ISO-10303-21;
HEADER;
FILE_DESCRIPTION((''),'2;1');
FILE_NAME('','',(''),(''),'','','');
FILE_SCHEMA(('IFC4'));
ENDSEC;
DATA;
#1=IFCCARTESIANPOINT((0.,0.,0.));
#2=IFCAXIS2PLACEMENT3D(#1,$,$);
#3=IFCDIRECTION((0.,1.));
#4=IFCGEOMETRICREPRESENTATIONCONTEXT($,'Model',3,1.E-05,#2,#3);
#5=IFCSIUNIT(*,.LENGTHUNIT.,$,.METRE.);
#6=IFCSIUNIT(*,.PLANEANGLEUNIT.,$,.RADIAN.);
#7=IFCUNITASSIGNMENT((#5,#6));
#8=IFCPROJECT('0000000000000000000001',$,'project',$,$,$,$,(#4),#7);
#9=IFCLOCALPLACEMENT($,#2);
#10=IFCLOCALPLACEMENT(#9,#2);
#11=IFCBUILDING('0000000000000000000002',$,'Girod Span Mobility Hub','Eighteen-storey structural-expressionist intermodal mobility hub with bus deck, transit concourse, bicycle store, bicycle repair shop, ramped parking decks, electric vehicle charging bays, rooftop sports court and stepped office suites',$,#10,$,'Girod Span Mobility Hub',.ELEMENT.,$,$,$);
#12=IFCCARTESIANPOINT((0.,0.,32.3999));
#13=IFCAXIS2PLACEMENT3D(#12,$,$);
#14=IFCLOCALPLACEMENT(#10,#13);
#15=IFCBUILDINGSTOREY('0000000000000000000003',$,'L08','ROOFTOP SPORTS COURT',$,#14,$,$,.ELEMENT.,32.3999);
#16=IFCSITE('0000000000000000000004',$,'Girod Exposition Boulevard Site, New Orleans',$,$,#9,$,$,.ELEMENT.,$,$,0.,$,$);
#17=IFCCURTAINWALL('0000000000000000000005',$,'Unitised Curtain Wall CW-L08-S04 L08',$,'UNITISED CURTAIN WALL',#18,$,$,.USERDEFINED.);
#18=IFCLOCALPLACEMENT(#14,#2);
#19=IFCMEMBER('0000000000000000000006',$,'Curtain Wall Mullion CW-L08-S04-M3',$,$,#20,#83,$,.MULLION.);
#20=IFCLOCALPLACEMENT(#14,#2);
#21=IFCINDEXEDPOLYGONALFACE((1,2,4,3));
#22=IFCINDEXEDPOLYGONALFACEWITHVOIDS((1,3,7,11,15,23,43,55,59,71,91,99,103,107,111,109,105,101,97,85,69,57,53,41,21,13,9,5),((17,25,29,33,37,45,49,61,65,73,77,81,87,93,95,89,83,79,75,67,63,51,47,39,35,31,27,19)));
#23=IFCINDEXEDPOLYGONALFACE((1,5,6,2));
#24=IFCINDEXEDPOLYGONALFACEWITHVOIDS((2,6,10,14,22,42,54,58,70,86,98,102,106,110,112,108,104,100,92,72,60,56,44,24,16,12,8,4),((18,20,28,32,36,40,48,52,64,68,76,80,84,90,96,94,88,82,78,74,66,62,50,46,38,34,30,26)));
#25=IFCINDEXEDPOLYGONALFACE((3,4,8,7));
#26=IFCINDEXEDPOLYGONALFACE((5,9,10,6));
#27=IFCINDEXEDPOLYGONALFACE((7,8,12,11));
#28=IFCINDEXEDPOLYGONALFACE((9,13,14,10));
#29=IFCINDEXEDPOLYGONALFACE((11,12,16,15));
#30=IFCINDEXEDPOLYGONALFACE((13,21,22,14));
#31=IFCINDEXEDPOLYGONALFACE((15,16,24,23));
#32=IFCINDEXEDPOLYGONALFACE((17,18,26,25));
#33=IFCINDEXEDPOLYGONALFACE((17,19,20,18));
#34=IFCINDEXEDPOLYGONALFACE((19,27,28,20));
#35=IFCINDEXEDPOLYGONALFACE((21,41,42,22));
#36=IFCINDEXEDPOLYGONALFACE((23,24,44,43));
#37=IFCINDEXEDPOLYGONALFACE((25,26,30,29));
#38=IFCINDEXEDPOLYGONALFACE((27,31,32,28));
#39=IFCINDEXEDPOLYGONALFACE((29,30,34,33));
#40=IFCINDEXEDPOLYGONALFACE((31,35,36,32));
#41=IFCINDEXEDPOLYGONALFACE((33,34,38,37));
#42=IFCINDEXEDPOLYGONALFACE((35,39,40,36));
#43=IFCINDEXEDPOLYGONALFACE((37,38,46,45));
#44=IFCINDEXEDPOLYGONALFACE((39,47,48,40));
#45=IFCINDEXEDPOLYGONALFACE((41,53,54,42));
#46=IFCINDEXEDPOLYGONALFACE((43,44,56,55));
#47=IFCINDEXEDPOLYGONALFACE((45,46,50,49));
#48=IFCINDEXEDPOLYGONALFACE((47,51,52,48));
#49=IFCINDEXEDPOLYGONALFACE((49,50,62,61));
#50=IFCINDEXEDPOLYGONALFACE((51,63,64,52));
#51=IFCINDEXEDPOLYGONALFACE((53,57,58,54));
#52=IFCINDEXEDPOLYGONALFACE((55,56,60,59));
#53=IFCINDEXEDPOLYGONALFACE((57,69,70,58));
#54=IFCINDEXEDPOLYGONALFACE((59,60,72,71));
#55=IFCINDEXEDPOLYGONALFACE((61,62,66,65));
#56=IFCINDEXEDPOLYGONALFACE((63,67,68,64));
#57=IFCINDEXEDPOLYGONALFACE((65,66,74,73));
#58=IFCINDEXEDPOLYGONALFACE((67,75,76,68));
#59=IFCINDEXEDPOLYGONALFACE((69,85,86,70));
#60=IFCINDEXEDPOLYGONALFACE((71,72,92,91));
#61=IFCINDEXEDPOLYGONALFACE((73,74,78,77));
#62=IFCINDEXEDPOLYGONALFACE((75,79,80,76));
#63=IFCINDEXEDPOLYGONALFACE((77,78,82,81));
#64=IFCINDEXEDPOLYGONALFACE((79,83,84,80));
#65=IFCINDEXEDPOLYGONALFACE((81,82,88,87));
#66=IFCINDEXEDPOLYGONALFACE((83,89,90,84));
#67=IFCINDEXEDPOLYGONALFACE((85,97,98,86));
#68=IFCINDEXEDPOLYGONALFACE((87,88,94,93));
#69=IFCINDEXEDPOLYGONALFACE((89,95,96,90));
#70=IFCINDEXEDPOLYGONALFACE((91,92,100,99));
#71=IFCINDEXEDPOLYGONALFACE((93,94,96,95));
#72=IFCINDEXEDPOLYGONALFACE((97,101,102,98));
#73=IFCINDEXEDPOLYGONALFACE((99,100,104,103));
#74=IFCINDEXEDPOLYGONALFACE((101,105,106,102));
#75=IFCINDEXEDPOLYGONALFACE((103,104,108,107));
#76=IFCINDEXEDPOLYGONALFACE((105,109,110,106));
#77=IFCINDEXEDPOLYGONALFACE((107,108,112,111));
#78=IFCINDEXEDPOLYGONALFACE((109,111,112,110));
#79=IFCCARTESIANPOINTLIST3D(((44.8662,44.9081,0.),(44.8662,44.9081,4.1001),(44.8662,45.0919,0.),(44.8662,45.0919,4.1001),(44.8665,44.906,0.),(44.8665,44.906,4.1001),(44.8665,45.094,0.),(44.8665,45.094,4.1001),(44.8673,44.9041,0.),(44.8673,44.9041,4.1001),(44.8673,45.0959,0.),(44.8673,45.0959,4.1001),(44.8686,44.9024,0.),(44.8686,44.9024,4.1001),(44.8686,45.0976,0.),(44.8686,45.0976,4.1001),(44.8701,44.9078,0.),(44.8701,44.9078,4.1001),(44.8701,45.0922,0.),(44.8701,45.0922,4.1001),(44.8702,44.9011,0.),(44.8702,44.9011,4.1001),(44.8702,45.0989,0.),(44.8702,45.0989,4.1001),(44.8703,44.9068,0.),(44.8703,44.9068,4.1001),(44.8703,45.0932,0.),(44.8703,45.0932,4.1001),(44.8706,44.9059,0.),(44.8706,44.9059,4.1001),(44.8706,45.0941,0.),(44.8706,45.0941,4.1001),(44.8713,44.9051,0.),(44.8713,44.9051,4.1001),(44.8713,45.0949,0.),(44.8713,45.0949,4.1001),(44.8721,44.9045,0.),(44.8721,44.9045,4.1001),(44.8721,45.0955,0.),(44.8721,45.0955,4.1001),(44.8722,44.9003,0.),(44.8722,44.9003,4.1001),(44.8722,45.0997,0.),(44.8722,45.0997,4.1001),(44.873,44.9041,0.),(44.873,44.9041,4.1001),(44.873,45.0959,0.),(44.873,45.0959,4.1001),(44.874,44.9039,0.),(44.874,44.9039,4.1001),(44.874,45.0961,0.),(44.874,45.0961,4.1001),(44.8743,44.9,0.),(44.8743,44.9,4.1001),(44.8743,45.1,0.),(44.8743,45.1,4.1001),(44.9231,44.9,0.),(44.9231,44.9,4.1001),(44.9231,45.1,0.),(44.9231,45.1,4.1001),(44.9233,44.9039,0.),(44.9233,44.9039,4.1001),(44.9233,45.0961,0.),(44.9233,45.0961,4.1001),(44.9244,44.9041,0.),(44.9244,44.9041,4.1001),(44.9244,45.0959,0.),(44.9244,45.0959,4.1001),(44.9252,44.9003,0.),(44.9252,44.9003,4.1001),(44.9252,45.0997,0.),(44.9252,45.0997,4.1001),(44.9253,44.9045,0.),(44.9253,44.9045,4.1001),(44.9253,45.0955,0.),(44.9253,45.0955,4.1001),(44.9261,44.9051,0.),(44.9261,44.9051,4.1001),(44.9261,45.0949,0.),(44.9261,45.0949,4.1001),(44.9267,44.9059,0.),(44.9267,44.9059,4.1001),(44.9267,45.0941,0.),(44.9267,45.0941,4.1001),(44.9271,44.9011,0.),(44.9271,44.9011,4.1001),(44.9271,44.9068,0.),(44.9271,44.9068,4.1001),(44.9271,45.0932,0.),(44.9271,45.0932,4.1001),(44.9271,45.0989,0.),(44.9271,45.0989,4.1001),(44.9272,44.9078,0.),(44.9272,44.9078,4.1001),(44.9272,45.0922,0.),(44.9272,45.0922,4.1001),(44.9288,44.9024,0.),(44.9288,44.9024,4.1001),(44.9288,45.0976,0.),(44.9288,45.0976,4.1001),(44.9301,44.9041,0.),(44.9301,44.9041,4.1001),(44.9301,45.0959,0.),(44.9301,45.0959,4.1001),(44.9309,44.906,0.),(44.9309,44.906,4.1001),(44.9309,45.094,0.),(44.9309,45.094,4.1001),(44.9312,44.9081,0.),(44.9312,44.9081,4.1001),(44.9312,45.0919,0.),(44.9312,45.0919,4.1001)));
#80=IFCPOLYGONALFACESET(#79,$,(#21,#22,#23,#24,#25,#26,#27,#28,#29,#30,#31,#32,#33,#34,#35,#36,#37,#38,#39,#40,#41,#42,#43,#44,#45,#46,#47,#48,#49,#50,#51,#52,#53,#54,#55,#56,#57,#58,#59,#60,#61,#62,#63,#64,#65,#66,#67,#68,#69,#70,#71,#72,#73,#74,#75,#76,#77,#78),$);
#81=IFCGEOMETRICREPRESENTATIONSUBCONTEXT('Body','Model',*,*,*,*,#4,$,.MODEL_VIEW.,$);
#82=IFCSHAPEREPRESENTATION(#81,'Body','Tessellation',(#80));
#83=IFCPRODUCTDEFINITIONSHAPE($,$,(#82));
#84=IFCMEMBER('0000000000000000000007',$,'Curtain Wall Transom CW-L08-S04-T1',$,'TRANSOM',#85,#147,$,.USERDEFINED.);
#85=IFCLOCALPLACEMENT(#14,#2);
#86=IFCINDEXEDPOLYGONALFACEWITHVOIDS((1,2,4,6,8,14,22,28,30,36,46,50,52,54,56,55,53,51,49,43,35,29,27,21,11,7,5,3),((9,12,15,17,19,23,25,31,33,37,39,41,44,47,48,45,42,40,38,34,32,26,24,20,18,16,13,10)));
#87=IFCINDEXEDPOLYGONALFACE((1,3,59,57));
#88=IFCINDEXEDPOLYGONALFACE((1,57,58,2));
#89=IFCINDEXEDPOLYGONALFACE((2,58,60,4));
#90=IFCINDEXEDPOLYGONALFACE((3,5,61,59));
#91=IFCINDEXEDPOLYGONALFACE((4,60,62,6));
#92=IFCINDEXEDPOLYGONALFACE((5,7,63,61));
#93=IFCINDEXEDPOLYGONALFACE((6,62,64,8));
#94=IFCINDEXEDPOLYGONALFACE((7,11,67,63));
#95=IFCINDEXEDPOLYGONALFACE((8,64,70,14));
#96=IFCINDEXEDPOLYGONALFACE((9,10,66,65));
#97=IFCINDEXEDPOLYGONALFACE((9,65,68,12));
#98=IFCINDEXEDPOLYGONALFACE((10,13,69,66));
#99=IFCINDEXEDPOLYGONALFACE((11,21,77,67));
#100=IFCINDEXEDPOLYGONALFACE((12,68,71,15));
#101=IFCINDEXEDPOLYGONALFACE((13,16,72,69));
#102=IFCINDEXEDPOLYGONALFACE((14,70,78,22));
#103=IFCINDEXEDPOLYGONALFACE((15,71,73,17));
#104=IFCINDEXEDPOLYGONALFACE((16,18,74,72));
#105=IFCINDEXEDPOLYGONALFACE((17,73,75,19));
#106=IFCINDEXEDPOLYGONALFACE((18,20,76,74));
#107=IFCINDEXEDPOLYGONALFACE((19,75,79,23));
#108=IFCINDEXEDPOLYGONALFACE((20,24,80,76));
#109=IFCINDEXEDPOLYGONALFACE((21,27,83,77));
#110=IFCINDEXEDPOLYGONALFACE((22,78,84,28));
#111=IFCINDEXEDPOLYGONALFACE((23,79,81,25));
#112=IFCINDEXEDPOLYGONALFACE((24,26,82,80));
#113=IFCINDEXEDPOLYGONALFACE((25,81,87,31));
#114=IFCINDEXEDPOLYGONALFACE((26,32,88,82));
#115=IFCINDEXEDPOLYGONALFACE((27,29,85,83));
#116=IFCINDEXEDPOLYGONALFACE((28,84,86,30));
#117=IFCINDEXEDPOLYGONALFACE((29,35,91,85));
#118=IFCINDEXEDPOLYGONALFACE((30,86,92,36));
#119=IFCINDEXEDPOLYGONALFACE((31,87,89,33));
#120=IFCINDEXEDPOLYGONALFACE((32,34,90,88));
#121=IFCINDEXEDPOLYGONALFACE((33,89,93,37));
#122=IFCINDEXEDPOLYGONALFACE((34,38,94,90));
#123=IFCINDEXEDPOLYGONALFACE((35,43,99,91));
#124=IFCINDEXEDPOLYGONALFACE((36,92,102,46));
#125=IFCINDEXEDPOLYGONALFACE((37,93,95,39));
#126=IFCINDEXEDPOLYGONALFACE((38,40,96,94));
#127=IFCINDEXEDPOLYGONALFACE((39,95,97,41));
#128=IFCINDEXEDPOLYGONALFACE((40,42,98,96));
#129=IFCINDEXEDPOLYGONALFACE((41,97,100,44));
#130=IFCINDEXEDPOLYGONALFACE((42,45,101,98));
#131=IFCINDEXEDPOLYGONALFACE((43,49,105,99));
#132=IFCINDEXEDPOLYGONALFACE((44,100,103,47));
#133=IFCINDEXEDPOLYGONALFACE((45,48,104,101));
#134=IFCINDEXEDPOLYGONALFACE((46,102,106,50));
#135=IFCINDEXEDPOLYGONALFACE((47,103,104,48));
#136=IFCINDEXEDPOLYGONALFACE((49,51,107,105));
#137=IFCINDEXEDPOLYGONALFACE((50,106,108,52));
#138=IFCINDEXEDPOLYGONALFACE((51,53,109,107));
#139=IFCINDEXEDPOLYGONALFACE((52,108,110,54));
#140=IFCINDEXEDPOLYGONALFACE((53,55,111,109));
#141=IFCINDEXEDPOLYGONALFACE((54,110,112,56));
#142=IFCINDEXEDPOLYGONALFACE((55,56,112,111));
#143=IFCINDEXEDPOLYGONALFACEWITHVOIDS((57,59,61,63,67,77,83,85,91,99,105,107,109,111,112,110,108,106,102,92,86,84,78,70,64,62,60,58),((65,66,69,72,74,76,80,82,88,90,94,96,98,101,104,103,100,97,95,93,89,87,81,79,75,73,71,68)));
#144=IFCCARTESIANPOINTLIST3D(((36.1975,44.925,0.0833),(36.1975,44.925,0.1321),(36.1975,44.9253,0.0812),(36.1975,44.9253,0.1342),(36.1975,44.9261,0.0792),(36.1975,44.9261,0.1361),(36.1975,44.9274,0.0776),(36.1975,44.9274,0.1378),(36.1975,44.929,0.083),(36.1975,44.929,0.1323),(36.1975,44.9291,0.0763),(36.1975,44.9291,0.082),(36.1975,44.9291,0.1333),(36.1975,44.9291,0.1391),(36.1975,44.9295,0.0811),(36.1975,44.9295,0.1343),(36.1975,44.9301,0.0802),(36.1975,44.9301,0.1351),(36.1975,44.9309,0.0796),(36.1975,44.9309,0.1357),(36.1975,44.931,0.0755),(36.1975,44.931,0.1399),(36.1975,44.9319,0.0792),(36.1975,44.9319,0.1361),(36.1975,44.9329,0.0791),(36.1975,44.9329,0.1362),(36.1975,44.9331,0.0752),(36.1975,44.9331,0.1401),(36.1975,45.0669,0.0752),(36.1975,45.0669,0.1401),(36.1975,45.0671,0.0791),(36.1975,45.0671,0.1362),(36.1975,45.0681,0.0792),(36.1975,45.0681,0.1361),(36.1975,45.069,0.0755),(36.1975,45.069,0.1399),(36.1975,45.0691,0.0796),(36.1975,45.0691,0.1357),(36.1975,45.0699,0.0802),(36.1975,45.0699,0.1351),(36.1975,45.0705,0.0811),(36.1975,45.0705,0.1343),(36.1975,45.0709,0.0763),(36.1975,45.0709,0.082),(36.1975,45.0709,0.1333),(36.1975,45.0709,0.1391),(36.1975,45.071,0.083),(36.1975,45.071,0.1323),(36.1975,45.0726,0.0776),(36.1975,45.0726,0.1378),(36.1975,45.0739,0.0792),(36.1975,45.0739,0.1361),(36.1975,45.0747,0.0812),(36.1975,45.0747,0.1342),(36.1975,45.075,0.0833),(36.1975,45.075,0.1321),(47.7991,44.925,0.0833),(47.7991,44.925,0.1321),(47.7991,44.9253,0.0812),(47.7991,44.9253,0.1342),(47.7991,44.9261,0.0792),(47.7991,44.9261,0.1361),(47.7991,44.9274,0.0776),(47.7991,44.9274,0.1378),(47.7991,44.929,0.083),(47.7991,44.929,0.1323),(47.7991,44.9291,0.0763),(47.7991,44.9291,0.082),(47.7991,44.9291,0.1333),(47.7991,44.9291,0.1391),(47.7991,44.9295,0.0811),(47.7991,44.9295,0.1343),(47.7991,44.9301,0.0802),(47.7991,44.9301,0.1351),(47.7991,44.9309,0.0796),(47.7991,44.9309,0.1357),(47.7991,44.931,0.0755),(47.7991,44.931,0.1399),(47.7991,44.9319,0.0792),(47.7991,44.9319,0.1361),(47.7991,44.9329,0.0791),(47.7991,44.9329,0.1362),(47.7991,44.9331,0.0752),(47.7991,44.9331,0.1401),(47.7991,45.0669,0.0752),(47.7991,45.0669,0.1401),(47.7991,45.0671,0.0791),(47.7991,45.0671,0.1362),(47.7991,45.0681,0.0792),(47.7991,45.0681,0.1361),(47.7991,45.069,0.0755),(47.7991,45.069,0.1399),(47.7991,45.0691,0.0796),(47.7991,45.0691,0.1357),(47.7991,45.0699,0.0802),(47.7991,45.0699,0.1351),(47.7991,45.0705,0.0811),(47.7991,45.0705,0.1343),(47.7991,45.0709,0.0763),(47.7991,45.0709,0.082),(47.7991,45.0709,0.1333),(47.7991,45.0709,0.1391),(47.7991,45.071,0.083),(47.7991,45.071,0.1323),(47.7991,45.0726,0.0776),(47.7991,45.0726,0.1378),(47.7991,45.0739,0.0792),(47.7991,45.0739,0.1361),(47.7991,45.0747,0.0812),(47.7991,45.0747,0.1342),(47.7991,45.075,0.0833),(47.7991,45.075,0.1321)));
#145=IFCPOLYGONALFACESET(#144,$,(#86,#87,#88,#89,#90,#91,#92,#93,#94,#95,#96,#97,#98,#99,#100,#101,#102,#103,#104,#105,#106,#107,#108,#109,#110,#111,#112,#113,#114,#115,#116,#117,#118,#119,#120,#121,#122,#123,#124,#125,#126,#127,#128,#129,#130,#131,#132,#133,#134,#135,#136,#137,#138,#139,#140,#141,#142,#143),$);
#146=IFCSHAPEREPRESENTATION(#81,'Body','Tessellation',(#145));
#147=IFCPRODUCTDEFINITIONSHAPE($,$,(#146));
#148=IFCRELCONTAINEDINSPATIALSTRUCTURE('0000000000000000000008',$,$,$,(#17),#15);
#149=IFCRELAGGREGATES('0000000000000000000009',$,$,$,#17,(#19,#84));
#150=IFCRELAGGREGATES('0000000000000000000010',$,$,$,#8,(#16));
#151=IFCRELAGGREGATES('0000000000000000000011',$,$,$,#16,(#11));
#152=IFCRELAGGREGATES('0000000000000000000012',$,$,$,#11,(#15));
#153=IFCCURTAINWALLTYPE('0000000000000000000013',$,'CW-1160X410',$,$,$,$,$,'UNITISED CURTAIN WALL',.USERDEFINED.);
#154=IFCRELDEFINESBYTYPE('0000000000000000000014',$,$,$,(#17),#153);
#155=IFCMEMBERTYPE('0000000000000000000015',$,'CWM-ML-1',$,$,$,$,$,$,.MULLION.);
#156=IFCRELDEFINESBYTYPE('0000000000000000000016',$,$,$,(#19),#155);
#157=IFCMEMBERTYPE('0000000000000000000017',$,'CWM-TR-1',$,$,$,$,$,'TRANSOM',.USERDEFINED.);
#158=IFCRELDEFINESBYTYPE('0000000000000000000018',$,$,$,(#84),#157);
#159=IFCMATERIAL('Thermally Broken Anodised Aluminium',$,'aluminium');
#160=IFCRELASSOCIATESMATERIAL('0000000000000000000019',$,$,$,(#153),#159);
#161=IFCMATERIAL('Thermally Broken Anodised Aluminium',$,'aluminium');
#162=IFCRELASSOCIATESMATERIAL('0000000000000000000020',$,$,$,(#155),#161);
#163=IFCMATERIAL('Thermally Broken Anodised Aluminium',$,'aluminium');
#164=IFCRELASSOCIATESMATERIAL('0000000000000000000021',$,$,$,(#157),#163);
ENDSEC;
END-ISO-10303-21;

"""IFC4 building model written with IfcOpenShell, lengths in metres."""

from ifc_helpers import new_model, si_unit, direction, frame, origin, origin_2d, place, context, subcontext, project, spatial, hollow_rectangle, extrude, material, material_profile, profile_set, type_object, element, aggregate, save


model = new_model("IFC4")

# Units and contexts
model_context = context("Model", 3, precision=1e-05, world=origin(), true_north=direction((0.0, 1.0)))
body_context = subcontext(model_context, "Body", "Model", "MODEL_VIEW")
ifc_project = project(units=[si_unit("LENGTHUNIT", "METRE"), si_unit("PLANEANGLEUNIT", "RADIAN")], contexts=[model_context])

# Site, building, storey
site_placement = place(None, origin())
site = spatial("IfcSite", under=ifc_project, at=site_placement, Name="Girod Exposition Boulevard Site, New Orleans", CompositionType="ELEMENT", RefElevation=0.0)
building_placement = place(site_placement, origin())
building = spatial("IfcBuilding", under=site, at=building_placement, Name="Girod Span Mobility Hub", Description="Eighteen-storey structural-expressionist intermodal mobility hub with bus deck, transit concourse, bicycle store, bicycle repair shop, ramped parking decks, electric vehicle charging bays, rooftop sports court and stepped office suites", LongName="Girod Span Mobility Hub", CompositionType="ELEMENT")
storey_placement = place(building_placement, frame((0.0, 0.0, 32.3999)))
storey = spatial("IfcBuildingStorey", under=building, at=storey_placement, Name="L08", Description="ROOFTOP SPORTS COURT", CompositionType="ELEMENT", Elevation=32.3999)

# Shared definitions
ifc_material_1 = material(Name="Thermally Broken Anodised Aluminium", Category="aluminium")
curtain_wall_type = type_object("IfcCurtainWallType", Name="CW-1160X410", ElementType="UNITISED CURTAIN WALL", PredefinedType="USERDEFINED", material=ifc_material_1)
ifc_material_2 = material(Name="Thermally Broken Anodised Aluminium", Category="aluminium")
ifc_material_profile_1 = material_profile(ifc_material_2, hollow_rectangle(XDim=0.2, YDim=0.0649, WallThickness=0.0039, InnerFilletRadius=0.0039, OuterFilletRadius=0.0081, at=origin_2d()), Name="CW-ML-65X200")
ifc_profile_set_1 = profile_set([ifc_material_profile_1], Name="Thermally Broken Anodised Aluminium")
member_type_1 = type_object("IfcMemberType", Name="CWM-ML-1", PredefinedType="MULLION", material=ifc_profile_set_1)

# Curtain wall, members
curtain_wall_1_placement = place(storey_placement, origin())
curtain_wall_1 = element("IfcCurtainWall", 1, at=curtain_wall_1_placement, inside=storey, type_object=curtain_wall_type, Name="Unitised Curtain Wall CW-L08-S04 L08", ObjectType="UNITISED CURTAIN WALL", PredefinedType="USERDEFINED")
member_1_placement = place(storey_placement, frame((44.8987, 45.0, 0.0), z_axis=(0.0, 0.0, 1.0), x_axis=(0.0, 1.0, 0.0)))
member_1 = element("IfcMember", 2, at=member_1_placement, type_object=member_type_1, Name="Curtain Wall Mullion CW-L08-S04-M3", PredefinedType="MULLION", context=body_context, shape_type="SweptSolid", body=[
    extrude(hollow_rectangle(XDim=0.2, YDim=0.0649, WallThickness=0.0039, InnerFilletRadius=0.0039, OuterFilletRadius=0.0081, at=origin_2d()), origin(), (0.0, 0.0, 1.0), 4.1001),
])
ifc_material_3 = material(Name="Thermally Broken Anodised Aluminium", Category="aluminium")
ifc_material_profile_2 = material_profile(ifc_material_3, hollow_rectangle(XDim=0.1499, YDim=0.0649, WallThickness=0.0039, InnerFilletRadius=0.0039, OuterFilletRadius=0.0081, at=origin_2d()), Name="CW-TR-65X150")
ifc_profile_set_2 = profile_set([ifc_material_profile_2], Name="Thermally Broken Anodised Aluminium")
member_type_2 = type_object("IfcMemberType", Name="CWM-TR-1", ElementType="TRANSOM", PredefinedType="USERDEFINED", material=ifc_profile_set_2)
member_2_placement = place(storey_placement, frame((36.1975, 45.0, 0.1077), z_axis=(1.0, 0.0, 0.0), x_axis=(0.0, 1.0, 0.0)))
member_2 = element("IfcMember", 3, at=member_2_placement, type_object=member_type_2, Name="Curtain Wall Transom CW-L08-S04-T1", ObjectType="TRANSOM", PredefinedType="USERDEFINED", context=body_context, shape_type="SweptSolid", body=[
    extrude(hollow_rectangle(XDim=0.1499, YDim=0.0649, WallThickness=0.0039, InnerFilletRadius=0.0039, OuterFilletRadius=0.0081, at=origin_2d()), origin(), (0.0, 0.0, 1.0), 11.6016),
])

aggregate(curtain_wall_1, [member_1, member_2])

save(model, "model.ifc")
